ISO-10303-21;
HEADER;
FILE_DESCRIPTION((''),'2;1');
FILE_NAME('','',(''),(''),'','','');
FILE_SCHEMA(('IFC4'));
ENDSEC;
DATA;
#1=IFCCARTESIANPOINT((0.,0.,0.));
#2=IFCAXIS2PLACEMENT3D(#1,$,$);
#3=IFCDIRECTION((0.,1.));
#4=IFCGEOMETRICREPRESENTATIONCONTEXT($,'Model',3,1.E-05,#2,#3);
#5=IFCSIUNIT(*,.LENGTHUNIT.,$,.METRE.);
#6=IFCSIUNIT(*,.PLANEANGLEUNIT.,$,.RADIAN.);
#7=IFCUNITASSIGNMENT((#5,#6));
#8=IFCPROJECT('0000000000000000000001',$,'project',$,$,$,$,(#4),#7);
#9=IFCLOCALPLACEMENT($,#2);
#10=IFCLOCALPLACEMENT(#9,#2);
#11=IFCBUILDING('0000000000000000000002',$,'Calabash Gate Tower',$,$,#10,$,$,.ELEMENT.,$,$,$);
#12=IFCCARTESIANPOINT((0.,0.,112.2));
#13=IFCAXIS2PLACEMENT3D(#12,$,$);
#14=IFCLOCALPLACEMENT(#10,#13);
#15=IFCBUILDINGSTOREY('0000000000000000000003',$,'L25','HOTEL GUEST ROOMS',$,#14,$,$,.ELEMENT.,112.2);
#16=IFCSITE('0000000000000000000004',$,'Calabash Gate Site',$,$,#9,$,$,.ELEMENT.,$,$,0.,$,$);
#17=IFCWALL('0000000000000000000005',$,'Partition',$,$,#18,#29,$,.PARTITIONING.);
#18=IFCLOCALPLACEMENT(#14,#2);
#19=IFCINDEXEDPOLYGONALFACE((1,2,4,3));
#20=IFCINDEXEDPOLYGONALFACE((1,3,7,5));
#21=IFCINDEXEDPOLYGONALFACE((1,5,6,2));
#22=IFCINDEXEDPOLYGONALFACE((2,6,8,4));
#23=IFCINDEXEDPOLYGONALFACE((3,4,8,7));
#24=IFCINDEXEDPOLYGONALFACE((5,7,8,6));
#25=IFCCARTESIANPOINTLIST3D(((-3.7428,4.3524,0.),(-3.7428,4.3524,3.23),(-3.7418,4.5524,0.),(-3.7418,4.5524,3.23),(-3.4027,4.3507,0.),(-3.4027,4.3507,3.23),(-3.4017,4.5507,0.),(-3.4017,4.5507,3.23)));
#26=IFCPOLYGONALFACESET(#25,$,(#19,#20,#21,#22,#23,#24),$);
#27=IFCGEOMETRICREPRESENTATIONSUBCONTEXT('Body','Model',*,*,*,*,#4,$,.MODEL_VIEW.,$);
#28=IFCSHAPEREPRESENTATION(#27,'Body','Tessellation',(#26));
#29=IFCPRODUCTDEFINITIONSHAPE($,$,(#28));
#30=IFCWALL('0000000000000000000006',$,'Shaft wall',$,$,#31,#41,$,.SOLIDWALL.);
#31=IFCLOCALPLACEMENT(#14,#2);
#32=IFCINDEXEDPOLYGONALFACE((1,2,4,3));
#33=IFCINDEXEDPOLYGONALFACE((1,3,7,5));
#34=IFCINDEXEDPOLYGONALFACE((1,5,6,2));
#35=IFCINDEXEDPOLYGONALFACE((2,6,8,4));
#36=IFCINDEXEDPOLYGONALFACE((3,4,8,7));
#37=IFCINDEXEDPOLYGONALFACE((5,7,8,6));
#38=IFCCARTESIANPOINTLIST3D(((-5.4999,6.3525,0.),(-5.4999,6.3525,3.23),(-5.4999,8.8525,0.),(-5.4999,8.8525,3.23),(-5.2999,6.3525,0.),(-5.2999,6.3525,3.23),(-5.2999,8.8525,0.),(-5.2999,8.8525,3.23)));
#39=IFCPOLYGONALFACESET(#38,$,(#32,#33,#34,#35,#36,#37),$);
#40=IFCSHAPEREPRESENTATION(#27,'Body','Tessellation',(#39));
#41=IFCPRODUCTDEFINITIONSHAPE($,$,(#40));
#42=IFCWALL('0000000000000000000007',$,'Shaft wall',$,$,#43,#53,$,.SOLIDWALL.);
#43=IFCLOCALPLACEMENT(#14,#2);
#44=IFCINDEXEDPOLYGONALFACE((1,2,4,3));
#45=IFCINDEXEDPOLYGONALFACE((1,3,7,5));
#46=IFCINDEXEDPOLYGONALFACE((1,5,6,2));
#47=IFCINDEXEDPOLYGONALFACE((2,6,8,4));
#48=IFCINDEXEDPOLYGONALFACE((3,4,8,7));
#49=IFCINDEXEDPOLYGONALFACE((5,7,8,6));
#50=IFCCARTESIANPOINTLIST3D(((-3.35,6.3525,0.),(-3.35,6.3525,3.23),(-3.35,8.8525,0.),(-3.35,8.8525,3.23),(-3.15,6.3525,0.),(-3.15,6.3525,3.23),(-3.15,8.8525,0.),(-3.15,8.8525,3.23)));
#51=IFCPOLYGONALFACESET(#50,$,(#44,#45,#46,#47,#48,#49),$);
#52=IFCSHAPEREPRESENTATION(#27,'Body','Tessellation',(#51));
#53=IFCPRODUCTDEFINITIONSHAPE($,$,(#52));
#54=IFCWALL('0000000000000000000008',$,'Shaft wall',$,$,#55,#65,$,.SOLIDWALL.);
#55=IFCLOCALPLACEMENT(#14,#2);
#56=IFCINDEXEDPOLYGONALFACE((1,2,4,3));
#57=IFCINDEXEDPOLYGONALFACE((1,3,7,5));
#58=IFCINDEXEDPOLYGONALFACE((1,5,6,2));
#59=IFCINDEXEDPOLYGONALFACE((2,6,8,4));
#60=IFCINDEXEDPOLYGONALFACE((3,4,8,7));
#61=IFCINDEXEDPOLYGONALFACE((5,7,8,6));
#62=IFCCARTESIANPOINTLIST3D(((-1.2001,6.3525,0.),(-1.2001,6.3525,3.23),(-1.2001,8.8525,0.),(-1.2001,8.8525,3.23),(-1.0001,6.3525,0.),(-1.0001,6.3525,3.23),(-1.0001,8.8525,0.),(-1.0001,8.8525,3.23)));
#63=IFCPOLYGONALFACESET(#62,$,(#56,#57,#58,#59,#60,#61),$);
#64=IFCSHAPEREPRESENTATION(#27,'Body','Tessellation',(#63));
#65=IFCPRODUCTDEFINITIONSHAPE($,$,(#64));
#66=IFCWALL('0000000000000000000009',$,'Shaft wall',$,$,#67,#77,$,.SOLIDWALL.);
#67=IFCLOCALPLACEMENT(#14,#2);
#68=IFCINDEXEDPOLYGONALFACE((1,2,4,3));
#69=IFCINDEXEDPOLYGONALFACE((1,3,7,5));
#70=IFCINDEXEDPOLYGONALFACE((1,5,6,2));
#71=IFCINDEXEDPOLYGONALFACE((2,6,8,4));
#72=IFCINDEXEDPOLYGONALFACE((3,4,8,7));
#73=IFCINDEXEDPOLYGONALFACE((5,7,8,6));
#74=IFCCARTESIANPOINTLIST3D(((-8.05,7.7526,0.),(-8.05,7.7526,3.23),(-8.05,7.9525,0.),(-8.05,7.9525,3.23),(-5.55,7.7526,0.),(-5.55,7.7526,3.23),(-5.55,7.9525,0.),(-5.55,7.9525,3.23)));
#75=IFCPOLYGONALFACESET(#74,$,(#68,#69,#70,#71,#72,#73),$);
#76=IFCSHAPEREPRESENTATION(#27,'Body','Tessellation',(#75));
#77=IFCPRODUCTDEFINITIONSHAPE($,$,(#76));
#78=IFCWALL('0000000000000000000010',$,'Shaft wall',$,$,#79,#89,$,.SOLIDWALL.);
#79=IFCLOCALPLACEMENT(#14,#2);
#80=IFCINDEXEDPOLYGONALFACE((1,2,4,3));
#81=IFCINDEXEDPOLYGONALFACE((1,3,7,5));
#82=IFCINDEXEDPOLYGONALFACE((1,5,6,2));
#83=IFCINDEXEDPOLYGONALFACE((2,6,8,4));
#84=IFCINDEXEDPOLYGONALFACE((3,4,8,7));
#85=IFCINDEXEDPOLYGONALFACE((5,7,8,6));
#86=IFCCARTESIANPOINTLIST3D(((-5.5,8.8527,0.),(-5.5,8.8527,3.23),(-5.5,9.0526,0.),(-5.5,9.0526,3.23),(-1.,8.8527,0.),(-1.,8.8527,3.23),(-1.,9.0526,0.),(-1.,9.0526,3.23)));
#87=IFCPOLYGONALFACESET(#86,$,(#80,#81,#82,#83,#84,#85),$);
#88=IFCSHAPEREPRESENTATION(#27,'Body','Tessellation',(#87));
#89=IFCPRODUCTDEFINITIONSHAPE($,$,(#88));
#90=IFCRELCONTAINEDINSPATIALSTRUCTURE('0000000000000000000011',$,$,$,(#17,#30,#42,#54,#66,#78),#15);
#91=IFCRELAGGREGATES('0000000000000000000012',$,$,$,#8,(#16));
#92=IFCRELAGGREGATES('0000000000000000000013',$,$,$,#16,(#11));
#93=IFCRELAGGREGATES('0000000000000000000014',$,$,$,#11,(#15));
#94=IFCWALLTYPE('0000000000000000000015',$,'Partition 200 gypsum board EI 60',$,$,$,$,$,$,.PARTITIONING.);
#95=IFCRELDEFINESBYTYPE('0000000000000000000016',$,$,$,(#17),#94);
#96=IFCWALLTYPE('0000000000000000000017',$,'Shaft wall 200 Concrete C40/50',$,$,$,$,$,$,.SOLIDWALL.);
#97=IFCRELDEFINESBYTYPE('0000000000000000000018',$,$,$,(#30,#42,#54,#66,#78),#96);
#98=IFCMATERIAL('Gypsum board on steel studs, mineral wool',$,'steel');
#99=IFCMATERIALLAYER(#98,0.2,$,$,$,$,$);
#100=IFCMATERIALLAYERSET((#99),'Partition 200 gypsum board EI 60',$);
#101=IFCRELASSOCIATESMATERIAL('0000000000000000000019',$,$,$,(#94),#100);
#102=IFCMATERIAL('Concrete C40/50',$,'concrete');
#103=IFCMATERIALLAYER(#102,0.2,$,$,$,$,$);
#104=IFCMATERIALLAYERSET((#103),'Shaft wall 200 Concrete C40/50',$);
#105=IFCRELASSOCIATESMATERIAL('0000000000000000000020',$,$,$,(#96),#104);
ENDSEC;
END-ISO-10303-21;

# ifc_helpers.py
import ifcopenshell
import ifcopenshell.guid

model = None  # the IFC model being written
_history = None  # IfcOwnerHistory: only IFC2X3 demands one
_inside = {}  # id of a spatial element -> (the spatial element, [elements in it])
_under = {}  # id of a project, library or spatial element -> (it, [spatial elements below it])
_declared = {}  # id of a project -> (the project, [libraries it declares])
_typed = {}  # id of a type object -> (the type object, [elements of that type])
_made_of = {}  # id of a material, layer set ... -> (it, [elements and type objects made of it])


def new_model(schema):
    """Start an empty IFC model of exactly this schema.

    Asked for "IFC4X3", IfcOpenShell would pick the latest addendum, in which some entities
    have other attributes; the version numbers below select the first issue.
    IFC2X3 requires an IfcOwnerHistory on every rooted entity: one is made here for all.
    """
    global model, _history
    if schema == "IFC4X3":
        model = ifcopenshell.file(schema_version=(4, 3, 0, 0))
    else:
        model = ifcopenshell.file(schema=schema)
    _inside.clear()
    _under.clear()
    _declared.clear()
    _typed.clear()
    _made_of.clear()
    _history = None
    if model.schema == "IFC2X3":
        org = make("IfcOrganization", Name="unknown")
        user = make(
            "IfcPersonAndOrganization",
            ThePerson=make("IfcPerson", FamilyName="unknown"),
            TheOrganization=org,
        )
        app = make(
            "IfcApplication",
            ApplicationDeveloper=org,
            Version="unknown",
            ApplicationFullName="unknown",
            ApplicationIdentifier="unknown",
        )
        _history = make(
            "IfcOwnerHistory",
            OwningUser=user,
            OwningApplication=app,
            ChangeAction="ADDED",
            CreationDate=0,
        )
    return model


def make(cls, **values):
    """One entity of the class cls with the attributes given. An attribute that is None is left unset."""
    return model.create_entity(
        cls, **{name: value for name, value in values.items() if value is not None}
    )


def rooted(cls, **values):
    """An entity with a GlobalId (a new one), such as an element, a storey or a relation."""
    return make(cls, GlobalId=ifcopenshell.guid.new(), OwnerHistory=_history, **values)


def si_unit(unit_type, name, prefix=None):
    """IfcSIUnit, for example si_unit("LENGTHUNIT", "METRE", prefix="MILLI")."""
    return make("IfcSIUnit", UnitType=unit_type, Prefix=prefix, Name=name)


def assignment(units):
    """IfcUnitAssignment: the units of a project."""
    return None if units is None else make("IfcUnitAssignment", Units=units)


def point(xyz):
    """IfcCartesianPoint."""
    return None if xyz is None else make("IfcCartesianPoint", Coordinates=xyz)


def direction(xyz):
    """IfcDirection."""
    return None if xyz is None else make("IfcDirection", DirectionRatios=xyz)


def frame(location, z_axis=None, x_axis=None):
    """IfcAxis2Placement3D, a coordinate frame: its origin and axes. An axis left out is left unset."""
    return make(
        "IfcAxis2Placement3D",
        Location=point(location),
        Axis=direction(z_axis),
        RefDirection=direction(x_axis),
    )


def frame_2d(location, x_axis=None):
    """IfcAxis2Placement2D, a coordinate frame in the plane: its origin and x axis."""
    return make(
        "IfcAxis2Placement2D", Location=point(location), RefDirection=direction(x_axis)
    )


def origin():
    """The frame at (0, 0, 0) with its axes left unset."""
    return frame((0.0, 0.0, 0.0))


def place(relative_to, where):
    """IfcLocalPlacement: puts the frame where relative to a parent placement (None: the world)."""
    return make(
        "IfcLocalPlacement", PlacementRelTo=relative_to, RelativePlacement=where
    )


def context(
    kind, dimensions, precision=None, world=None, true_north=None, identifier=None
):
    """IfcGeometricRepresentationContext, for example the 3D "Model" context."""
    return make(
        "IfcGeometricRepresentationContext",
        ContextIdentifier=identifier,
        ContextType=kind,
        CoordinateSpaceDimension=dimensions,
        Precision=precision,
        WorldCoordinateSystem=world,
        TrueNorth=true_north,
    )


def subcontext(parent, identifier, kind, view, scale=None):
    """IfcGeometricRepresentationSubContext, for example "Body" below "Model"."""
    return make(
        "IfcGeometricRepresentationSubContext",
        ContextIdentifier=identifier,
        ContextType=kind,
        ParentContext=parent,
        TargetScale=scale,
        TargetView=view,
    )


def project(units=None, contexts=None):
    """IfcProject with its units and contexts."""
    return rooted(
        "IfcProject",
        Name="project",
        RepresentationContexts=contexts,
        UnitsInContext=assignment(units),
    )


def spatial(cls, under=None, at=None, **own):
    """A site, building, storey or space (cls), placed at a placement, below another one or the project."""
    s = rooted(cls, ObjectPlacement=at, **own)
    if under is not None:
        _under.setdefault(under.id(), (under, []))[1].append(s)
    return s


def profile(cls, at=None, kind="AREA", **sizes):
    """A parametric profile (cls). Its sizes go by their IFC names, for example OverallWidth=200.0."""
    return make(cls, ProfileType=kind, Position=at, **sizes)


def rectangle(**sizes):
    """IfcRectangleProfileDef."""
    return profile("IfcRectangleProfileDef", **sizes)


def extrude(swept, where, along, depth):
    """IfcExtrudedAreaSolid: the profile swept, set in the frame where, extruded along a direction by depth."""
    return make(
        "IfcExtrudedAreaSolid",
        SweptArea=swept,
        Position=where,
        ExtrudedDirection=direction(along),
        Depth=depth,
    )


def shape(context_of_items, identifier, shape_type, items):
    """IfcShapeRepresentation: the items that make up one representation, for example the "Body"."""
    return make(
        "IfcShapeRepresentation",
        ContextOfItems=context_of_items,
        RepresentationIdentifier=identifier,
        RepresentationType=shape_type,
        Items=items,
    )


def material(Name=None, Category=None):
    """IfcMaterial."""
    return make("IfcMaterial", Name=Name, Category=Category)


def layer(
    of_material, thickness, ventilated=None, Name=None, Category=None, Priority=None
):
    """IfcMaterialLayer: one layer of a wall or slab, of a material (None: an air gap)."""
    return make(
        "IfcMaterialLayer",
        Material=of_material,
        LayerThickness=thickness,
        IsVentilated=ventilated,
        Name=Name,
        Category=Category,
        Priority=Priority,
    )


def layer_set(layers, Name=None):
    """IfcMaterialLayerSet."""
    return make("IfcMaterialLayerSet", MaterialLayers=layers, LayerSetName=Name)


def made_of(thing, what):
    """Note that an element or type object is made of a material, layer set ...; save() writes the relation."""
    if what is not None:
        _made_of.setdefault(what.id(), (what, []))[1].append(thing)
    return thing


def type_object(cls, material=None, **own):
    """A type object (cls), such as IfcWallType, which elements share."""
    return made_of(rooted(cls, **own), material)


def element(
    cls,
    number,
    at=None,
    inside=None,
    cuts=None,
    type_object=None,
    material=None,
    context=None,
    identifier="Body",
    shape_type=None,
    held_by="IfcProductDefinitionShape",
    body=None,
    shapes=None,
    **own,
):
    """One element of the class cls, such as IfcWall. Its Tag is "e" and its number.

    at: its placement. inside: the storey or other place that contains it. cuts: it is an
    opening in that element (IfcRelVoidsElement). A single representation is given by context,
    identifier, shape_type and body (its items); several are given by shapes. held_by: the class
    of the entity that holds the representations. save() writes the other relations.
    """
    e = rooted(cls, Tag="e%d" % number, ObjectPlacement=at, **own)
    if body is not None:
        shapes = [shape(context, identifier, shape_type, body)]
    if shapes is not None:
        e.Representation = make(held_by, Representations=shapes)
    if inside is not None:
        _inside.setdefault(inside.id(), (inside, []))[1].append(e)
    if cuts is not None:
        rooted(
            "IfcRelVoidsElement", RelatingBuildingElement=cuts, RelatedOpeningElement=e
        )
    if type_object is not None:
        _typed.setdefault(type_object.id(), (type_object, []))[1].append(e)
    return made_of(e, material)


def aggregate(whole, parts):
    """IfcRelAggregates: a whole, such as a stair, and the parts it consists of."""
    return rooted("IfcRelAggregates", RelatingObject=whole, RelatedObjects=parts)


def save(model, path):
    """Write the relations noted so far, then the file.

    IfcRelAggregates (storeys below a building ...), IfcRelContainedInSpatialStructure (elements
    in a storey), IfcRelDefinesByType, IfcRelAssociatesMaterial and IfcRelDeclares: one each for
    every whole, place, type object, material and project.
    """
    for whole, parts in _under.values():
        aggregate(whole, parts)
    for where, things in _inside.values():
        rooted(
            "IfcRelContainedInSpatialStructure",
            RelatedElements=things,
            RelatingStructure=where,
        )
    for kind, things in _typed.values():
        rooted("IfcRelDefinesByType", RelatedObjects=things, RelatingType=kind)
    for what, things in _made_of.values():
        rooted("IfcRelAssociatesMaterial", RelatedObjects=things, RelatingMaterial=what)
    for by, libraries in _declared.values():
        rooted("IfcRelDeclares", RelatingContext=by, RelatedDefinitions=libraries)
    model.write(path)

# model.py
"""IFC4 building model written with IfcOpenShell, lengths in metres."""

from ifc_helpers import new_model, si_unit, direction, frame, frame_2d, origin, place, context, subcontext, project, spatial, rectangle, extrude, material, layer, layer_set, type_object, element, save


model = new_model("IFC4")

# Units and contexts
model_context = context("Model", 3, precision=1e-05, world=origin(), true_north=direction((0.0, 1.0)))
body_context = subcontext(model_context, "Body", "Model", "MODEL_VIEW")
ifc_project = project(units=[si_unit("LENGTHUNIT", "METRE"), si_unit("PLANEANGLEUNIT", "RADIAN")], contexts=[model_context])

# Site, building, storey
site_placement = place(None, origin())
site = spatial("IfcSite", under=ifc_project, at=site_placement, Name="Calabash Gate Site", CompositionType="ELEMENT", RefElevation=0.0)
building_placement = place(site_placement, origin())
building = spatial("IfcBuilding", under=site, at=building_placement, Name="Calabash Gate Tower", CompositionType="ELEMENT")
storey_placement = place(building_placement, frame((0.0, 0.0, 112.2)))
storey = spatial("IfcBuildingStorey", under=building, at=storey_placement, Name="L25", Description="HOTEL GUEST ROOMS", CompositionType="ELEMENT", Elevation=112.2)

# Shared definitions
ifc_material_1 = material(Name="Gypsum board on steel studs, mineral wool", Category="steel")
ifc_layer_1 = layer(ifc_material_1, 0.2)
ifc_layer_set_1 = layer_set([ifc_layer_1], Name="Partition 200 gypsum board EI 60")
wall_type_1 = type_object("IfcWallType", Name="Partition 200 gypsum board EI 60", PredefinedType="PARTITIONING", material=ifc_layer_set_1)

# Walls
wall_1_placement = place(storey_placement, frame((-3.7422, 4.4524, 0.0), z_axis=(0.0, 0.0, 1.0), x_axis=(0.999987, -0.005025, 0.0)))
element("IfcWall", 1, at=wall_1_placement, inside=storey, type_object=wall_type_1, Name="Partition", PredefinedType="PARTITIONING", context=body_context, shape_type="SweptSolid", body=[
    extrude(rectangle(XDim=0.3401, YDim=0.2, at=frame_2d((0.1699, 0.0))), origin(), (0.0, 0.0, 1.0), 3.23),
])
ifc_material_2 = material(Name="Concrete C40/50", Category="concrete")
ifc_layer_2 = layer(ifc_material_2, 0.2)
ifc_layer_set_2 = layer_set([ifc_layer_2], Name="Shaft wall 200 Concrete C40/50")
wall_type_2 = type_object("IfcWallType", Name="Shaft wall 200 Concrete C40/50", PredefinedType="SOLIDWALL", material=ifc_layer_set_2)
for number, where, z_axis, x_axis, name in (
    (2, (-5.3999, 6.3525, 0.0), (0.0, 0.0, 1.0), (0.0, 1.0, 0.0), "Shaft wall"),
    (3, (-3.25, 6.3525, 0.0), (0.0, 0.0, 1.0), (0.0, 1.0, 0.0), "Shaft wall"),
    (4, (-1.1001, 6.3525, 0.0), (0.0, 0.0, 1.0), (0.0, 1.0, 0.0), "Shaft wall"),
    (5, (-8.05, 7.8525, 0.0), (0.0, 0.0, 1.0), (1.0, 0.0, 0.0), "Shaft wall"),
):
    element("IfcWall", number, at=place(storey_placement, frame(where, z_axis=z_axis, x_axis=x_axis)), inside=storey, type_object=wall_type_2, Name=name, PredefinedType="SOLIDWALL", context=body_context, shape_type="SweptSolid", body=[
        extrude(rectangle(XDim=2.5, YDim=0.2, at=frame_2d((1.25, 0.0))), origin(), (0.0, 0.0, 1.0), 3.23),
    ])
wall_2_placement = place(storey_placement, frame((-5.5, 8.9526, 0.0), z_axis=(0.0, 0.0, 1.0), x_axis=(1.0, 0.0, 0.0)))
element("IfcWall", 6, at=wall_2_placement, inside=storey, type_object=wall_type_2, Name="Shaft wall", PredefinedType="SOLIDWALL", context=body_context, shape_type="SweptSolid", body=[
    extrude(rectangle(XDim=4.5, YDim=0.2, at=frame_2d((2.25, 0.0))), origin(), (0.0, 0.0, 1.0), 3.23),
])

save(model, "model.ifc")
